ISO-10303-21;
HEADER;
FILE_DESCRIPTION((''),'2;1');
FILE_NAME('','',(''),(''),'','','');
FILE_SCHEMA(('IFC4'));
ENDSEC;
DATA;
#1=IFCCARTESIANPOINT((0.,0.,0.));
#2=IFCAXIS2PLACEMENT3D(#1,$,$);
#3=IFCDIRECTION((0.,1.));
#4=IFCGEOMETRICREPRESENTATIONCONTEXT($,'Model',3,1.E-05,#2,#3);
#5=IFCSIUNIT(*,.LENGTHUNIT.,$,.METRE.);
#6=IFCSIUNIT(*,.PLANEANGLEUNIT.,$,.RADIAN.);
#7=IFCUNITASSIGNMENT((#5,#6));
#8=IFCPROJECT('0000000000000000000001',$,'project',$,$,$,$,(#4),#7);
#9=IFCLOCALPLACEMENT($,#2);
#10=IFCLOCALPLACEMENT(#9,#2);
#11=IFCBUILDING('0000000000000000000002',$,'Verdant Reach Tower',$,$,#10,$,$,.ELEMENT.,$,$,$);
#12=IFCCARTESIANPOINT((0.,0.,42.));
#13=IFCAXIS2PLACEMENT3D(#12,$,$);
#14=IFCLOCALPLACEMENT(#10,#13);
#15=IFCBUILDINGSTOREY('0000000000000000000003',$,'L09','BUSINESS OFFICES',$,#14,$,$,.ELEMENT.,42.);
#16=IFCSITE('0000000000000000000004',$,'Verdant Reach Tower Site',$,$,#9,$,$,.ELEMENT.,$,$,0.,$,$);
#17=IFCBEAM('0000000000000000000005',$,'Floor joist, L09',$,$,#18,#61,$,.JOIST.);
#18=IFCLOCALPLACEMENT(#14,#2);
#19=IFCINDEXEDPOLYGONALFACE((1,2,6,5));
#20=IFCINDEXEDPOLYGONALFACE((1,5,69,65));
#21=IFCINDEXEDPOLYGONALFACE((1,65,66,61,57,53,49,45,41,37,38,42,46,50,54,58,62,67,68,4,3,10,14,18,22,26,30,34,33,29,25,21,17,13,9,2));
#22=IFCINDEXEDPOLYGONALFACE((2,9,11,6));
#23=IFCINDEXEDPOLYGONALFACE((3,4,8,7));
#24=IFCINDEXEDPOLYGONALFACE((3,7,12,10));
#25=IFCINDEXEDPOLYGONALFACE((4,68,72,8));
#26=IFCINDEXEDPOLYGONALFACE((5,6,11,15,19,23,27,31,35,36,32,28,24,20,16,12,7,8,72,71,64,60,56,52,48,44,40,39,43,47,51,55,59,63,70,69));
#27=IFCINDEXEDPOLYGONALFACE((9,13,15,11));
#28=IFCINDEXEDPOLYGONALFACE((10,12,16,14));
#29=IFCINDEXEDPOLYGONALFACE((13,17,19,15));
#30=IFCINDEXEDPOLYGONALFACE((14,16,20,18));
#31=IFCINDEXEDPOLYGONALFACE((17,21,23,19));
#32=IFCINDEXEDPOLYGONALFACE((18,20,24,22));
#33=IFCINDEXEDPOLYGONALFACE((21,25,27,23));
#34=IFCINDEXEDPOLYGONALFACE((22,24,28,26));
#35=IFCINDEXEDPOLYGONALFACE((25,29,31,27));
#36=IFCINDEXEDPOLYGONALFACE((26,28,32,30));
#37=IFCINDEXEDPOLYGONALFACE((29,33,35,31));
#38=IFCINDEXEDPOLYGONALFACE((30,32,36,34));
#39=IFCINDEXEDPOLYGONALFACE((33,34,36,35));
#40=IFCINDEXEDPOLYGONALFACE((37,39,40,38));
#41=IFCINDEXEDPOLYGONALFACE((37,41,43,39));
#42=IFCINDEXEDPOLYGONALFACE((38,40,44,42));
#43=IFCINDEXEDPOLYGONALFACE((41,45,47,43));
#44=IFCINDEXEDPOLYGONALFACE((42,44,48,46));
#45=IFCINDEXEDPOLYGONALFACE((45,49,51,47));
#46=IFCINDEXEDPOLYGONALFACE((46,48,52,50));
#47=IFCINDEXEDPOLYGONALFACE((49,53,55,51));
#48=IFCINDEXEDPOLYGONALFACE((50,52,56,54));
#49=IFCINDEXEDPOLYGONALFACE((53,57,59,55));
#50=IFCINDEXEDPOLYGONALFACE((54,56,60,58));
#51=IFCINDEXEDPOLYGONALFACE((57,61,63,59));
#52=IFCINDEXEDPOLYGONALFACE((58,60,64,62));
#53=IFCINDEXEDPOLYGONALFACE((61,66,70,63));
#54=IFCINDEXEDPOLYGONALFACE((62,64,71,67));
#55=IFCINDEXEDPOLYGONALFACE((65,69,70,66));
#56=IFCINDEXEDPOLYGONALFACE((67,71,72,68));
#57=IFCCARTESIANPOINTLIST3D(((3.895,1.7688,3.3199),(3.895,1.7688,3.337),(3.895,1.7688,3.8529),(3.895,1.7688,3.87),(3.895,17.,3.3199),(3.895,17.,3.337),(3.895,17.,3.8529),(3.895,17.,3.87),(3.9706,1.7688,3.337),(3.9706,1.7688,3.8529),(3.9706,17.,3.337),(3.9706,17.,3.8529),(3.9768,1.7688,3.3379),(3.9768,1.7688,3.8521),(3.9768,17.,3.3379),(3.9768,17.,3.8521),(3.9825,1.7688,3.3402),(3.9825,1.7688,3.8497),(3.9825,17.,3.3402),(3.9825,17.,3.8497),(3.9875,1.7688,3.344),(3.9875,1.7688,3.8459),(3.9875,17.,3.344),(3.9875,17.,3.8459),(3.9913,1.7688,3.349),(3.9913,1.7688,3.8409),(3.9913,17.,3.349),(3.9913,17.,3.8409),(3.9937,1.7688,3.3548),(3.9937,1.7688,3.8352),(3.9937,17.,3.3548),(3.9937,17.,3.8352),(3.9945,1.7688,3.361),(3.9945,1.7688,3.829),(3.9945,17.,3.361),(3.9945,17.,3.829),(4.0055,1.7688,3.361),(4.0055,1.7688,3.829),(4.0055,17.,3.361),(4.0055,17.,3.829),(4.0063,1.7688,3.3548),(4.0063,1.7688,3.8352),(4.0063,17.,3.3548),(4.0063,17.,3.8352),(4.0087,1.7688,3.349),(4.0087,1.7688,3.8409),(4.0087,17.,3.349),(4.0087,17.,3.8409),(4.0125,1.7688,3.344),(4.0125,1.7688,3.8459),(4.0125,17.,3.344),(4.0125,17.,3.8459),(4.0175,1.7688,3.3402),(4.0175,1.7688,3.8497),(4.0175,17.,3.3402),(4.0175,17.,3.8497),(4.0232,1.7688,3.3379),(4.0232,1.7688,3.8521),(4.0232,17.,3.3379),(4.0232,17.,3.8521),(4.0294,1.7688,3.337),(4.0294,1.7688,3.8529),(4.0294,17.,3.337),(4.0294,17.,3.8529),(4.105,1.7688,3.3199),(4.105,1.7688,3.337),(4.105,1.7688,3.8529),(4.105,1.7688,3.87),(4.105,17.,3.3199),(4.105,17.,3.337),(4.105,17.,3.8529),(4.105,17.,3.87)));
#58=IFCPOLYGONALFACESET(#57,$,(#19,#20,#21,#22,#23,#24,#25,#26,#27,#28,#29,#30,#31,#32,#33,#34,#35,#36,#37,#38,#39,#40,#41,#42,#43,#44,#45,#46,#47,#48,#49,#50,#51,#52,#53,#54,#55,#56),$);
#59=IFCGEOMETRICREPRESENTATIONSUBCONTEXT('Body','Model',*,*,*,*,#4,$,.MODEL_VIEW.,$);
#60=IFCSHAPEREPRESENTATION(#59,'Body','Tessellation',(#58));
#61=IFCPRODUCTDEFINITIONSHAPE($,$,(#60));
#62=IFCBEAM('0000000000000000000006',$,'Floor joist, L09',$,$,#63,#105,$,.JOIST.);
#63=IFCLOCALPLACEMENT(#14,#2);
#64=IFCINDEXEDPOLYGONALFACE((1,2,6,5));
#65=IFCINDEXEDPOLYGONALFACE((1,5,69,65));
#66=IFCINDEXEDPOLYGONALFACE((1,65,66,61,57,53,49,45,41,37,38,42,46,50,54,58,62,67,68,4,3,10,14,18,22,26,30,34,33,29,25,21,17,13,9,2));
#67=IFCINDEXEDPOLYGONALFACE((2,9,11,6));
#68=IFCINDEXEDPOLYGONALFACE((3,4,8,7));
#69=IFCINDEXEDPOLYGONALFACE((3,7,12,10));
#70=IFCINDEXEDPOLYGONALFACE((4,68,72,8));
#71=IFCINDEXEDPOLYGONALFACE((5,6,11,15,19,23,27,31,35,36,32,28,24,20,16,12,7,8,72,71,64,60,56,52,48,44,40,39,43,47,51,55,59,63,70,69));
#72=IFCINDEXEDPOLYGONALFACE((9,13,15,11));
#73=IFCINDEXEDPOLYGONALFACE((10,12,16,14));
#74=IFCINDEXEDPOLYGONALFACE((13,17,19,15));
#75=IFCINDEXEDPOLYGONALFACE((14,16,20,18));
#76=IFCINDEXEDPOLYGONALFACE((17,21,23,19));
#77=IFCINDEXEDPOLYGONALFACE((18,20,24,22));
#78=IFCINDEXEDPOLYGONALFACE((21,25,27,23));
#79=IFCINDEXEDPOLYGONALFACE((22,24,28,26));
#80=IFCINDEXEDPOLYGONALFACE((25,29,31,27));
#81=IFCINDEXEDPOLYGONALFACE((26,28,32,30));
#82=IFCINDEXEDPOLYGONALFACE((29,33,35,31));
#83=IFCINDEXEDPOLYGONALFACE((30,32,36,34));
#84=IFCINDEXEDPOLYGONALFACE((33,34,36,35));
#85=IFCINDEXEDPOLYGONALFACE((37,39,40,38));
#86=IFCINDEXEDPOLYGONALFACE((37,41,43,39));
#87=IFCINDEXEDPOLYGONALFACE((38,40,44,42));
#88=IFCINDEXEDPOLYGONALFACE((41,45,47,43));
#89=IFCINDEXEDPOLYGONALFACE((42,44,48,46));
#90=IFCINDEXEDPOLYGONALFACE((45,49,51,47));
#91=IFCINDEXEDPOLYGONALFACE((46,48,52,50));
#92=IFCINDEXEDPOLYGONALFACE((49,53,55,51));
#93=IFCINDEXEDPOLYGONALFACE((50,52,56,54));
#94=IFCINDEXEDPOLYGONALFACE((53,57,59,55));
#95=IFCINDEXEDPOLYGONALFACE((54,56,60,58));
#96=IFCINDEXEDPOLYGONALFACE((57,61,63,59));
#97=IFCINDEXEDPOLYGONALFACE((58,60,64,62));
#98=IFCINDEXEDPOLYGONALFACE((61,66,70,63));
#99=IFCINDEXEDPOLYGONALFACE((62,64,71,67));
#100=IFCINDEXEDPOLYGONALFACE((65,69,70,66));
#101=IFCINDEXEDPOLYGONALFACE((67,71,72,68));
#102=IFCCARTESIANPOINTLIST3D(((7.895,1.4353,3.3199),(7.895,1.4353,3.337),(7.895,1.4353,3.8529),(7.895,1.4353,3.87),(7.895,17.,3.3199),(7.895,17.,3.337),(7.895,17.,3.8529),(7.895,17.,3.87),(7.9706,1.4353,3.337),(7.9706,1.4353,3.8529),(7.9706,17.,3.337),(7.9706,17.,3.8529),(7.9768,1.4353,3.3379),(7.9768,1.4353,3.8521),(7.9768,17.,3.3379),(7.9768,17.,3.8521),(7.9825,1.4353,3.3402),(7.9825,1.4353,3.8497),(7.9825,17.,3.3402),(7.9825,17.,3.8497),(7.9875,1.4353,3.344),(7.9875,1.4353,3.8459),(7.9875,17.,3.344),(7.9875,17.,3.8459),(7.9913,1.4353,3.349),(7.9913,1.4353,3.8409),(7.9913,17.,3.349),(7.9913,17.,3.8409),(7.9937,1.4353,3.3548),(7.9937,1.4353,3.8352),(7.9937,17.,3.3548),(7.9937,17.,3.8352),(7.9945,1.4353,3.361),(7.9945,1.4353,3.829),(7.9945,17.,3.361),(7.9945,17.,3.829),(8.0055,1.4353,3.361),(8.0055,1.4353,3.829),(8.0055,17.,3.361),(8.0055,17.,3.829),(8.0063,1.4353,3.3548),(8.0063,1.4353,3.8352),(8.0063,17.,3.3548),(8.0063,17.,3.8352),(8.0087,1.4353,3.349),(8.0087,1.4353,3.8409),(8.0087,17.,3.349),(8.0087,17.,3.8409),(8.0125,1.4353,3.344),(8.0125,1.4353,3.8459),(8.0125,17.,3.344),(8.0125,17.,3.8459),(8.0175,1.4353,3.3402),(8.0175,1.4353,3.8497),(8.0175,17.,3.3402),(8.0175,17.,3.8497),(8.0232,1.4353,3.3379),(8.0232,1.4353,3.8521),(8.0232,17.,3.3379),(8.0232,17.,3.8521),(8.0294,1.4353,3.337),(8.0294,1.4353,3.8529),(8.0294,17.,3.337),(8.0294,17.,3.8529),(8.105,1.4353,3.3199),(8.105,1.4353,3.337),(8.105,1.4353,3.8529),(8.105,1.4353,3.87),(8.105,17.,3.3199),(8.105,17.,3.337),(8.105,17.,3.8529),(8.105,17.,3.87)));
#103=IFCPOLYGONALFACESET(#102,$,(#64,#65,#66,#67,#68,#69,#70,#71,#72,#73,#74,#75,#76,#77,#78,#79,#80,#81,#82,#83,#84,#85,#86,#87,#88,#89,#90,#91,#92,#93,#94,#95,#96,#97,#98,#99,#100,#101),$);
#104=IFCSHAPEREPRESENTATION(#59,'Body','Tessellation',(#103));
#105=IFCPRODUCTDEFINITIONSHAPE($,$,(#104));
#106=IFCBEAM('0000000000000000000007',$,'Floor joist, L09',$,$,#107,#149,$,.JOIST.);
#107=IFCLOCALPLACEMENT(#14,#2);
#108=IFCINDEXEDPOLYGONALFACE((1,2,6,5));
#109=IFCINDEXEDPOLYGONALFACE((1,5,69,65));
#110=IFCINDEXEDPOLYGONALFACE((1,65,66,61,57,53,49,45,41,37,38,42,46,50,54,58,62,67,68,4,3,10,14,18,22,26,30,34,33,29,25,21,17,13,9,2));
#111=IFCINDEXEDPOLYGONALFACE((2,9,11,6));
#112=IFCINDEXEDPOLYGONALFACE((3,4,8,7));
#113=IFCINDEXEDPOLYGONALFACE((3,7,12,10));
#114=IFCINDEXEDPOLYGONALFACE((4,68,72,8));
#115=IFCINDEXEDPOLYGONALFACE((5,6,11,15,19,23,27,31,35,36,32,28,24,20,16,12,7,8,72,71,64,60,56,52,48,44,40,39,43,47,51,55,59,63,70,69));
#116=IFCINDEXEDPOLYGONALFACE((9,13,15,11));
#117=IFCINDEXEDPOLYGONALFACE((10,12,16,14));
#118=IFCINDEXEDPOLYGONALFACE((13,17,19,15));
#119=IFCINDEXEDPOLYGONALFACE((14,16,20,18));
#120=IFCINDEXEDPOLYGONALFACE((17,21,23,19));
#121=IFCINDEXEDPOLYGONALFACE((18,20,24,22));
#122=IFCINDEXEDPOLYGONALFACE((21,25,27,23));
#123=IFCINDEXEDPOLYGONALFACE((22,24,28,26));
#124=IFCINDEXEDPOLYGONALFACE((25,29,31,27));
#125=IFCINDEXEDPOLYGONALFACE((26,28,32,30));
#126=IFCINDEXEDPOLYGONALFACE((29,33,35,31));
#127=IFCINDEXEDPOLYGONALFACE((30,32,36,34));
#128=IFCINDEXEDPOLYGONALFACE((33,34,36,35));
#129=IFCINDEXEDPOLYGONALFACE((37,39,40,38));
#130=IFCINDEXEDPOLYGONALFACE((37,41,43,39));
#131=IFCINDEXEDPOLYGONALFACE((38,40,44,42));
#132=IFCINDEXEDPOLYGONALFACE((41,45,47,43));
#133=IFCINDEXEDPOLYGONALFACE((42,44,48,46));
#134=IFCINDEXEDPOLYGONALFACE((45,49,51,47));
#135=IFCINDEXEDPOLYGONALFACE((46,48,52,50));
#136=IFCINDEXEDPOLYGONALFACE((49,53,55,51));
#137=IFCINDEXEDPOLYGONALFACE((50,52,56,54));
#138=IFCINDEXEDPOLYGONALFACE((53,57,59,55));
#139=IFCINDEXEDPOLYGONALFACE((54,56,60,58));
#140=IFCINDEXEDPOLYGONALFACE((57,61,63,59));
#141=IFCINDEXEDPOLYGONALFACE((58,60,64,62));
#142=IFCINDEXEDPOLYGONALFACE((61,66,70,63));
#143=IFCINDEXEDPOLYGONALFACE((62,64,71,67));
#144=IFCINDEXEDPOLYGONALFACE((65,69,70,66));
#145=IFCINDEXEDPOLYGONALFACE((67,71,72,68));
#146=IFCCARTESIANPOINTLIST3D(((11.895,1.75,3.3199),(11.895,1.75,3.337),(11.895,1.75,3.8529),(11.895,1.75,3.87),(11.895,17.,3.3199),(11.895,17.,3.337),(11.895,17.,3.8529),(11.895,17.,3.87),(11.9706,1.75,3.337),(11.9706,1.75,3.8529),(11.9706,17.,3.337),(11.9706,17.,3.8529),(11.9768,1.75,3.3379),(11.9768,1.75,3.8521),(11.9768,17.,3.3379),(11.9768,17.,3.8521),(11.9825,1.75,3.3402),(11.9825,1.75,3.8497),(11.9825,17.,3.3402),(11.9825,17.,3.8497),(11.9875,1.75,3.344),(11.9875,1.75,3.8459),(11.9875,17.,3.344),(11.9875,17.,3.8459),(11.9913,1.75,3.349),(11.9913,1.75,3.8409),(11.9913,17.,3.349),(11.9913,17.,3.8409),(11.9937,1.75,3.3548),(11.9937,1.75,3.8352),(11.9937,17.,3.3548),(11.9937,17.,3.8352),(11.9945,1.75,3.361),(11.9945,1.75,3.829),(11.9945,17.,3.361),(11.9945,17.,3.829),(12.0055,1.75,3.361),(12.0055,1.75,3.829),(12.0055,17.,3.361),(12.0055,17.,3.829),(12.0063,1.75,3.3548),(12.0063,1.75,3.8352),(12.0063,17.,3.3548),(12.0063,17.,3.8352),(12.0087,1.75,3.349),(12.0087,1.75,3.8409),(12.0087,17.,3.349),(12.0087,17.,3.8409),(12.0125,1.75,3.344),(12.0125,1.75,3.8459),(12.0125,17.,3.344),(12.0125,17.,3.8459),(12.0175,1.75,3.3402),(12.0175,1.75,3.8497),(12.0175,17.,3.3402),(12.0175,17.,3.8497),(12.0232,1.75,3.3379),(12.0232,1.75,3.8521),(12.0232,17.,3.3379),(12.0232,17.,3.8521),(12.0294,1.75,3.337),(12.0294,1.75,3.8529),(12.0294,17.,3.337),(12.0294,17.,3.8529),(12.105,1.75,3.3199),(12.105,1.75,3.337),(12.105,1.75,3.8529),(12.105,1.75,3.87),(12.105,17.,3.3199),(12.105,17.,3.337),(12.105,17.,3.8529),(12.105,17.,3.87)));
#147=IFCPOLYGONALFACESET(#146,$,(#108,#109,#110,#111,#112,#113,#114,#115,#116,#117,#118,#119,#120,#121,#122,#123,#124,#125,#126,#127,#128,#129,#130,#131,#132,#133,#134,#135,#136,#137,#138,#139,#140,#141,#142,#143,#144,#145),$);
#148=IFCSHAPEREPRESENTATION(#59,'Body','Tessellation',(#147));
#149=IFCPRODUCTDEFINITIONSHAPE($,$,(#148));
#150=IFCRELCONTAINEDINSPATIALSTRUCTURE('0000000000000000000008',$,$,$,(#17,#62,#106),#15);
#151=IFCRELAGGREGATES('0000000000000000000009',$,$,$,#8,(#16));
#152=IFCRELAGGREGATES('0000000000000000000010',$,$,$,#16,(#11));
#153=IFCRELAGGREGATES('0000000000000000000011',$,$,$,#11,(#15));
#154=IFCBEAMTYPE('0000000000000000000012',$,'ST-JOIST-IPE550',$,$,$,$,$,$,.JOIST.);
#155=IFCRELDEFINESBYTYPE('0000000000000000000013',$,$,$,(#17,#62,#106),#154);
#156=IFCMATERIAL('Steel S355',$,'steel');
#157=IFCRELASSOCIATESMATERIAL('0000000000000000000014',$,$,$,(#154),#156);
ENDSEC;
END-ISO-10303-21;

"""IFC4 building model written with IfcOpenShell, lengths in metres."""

from ifc_helpers import new_model, si_unit, direction, frame, origin, origin_2d, place, context, subcontext, project, spatial, i_section, extrude, material, material_profile, profile_set, type_object, element, save


model = new_model("IFC4")

# Units and contexts
model_context = context("Model", 3, precision=1e-05, world=origin(), true_north=direction((0.0, 1.0)))
body_context = subcontext(model_context, "Body", "Model", "MODEL_VIEW")
ifc_project = project(units=[si_unit("LENGTHUNIT", "METRE"), si_unit("PLANEANGLEUNIT", "RADIAN")], contexts=[model_context])

# Site, building, storey
site_placement = place(None, origin())
site = spatial("IfcSite", under=ifc_project, at=site_placement, Name="Verdant Reach Tower Site", CompositionType="ELEMENT", RefElevation=0.0)
building_placement = place(site_placement, origin())
building = spatial("IfcBuilding", under=site, at=building_placement, Name="Verdant Reach Tower", CompositionType="ELEMENT")
storey_placement = place(building_placement, frame((0.0, 0.0, 42.0)))
storey = spatial("IfcBuildingStorey", under=building, at=storey_placement, Name="L09", Description="BUSINESS OFFICES", CompositionType="ELEMENT", Elevation=42.0)

# Beams
ifc_material_1 = material(Name="Steel S355", Category="steel")
ifc_material_profile = material_profile(ifc_material_1, i_section(OverallWidth=0.21, OverallDepth=0.55, WebThickness=0.011, FlangeThickness=0.0171, FilletRadius=0.0239, at=origin_2d()), Name="IPE 550")
ifc_profile_set = profile_set([ifc_material_profile], Name="Steel S355")
beam_type = type_object("IfcBeamType", Name="ST-JOIST-IPE550", PredefinedType="JOIST", material=ifc_profile_set)
beam_1_placement = place(storey_placement, frame((4.0, 17.0, 3.595), z_axis=(0.0, -1.0, 0.0), x_axis=(1.0, 0.0, 0.0)))
element("IfcBeam", 1, at=beam_1_placement, inside=storey, type_object=beam_type, Name="Floor joist, L09", PredefinedType="JOIST", context=body_context, shape_type="SweptSolid", body=[
    extrude(i_section(OverallWidth=0.21, OverallDepth=0.55, WebThickness=0.011, FlangeThickness=0.0171, FilletRadius=0.0239, at=origin_2d()), origin(), (0.0, 0.0, 1.0), 15.2312),
])
beam_2_placement = place(storey_placement, frame((8.0, 17.0, 3.595), z_axis=(0.0, -1.0, 0.0), x_axis=(1.0, 0.0, 0.0)))
element("IfcBeam", 2, at=beam_2_placement, inside=storey, type_object=beam_type, Name="Floor joist, L09", PredefinedType="JOIST", context=body_context, shape_type="SweptSolid", body=[
    extrude(i_section(OverallWidth=0.21, OverallDepth=0.55, WebThickness=0.011, FlangeThickness=0.0171, FilletRadius=0.0239, at=origin_2d()), origin(), (0.0, 0.0, 1.0), 15.5647),
])
beam_3_placement = place(storey_placement, frame((12.0, 17.0, 3.595), z_axis=(0.0, -1.0, 0.0), x_axis=(1.0, 0.0, 0.0)))
element("IfcBeam", 3, at=beam_3_placement, inside=storey, type_object=beam_type, Name="Floor joist, L09", PredefinedType="JOIST", context=body_context, shape_type="SweptSolid", body=[
    extrude(i_section(OverallWidth=0.21, OverallDepth=0.55, WebThickness=0.011, FlangeThickness=0.0171, FilletRadius=0.0239, at=origin_2d()), origin(), (0.0, 0.0, 1.0), 15.25),
])

save(model, "model.ifc")
